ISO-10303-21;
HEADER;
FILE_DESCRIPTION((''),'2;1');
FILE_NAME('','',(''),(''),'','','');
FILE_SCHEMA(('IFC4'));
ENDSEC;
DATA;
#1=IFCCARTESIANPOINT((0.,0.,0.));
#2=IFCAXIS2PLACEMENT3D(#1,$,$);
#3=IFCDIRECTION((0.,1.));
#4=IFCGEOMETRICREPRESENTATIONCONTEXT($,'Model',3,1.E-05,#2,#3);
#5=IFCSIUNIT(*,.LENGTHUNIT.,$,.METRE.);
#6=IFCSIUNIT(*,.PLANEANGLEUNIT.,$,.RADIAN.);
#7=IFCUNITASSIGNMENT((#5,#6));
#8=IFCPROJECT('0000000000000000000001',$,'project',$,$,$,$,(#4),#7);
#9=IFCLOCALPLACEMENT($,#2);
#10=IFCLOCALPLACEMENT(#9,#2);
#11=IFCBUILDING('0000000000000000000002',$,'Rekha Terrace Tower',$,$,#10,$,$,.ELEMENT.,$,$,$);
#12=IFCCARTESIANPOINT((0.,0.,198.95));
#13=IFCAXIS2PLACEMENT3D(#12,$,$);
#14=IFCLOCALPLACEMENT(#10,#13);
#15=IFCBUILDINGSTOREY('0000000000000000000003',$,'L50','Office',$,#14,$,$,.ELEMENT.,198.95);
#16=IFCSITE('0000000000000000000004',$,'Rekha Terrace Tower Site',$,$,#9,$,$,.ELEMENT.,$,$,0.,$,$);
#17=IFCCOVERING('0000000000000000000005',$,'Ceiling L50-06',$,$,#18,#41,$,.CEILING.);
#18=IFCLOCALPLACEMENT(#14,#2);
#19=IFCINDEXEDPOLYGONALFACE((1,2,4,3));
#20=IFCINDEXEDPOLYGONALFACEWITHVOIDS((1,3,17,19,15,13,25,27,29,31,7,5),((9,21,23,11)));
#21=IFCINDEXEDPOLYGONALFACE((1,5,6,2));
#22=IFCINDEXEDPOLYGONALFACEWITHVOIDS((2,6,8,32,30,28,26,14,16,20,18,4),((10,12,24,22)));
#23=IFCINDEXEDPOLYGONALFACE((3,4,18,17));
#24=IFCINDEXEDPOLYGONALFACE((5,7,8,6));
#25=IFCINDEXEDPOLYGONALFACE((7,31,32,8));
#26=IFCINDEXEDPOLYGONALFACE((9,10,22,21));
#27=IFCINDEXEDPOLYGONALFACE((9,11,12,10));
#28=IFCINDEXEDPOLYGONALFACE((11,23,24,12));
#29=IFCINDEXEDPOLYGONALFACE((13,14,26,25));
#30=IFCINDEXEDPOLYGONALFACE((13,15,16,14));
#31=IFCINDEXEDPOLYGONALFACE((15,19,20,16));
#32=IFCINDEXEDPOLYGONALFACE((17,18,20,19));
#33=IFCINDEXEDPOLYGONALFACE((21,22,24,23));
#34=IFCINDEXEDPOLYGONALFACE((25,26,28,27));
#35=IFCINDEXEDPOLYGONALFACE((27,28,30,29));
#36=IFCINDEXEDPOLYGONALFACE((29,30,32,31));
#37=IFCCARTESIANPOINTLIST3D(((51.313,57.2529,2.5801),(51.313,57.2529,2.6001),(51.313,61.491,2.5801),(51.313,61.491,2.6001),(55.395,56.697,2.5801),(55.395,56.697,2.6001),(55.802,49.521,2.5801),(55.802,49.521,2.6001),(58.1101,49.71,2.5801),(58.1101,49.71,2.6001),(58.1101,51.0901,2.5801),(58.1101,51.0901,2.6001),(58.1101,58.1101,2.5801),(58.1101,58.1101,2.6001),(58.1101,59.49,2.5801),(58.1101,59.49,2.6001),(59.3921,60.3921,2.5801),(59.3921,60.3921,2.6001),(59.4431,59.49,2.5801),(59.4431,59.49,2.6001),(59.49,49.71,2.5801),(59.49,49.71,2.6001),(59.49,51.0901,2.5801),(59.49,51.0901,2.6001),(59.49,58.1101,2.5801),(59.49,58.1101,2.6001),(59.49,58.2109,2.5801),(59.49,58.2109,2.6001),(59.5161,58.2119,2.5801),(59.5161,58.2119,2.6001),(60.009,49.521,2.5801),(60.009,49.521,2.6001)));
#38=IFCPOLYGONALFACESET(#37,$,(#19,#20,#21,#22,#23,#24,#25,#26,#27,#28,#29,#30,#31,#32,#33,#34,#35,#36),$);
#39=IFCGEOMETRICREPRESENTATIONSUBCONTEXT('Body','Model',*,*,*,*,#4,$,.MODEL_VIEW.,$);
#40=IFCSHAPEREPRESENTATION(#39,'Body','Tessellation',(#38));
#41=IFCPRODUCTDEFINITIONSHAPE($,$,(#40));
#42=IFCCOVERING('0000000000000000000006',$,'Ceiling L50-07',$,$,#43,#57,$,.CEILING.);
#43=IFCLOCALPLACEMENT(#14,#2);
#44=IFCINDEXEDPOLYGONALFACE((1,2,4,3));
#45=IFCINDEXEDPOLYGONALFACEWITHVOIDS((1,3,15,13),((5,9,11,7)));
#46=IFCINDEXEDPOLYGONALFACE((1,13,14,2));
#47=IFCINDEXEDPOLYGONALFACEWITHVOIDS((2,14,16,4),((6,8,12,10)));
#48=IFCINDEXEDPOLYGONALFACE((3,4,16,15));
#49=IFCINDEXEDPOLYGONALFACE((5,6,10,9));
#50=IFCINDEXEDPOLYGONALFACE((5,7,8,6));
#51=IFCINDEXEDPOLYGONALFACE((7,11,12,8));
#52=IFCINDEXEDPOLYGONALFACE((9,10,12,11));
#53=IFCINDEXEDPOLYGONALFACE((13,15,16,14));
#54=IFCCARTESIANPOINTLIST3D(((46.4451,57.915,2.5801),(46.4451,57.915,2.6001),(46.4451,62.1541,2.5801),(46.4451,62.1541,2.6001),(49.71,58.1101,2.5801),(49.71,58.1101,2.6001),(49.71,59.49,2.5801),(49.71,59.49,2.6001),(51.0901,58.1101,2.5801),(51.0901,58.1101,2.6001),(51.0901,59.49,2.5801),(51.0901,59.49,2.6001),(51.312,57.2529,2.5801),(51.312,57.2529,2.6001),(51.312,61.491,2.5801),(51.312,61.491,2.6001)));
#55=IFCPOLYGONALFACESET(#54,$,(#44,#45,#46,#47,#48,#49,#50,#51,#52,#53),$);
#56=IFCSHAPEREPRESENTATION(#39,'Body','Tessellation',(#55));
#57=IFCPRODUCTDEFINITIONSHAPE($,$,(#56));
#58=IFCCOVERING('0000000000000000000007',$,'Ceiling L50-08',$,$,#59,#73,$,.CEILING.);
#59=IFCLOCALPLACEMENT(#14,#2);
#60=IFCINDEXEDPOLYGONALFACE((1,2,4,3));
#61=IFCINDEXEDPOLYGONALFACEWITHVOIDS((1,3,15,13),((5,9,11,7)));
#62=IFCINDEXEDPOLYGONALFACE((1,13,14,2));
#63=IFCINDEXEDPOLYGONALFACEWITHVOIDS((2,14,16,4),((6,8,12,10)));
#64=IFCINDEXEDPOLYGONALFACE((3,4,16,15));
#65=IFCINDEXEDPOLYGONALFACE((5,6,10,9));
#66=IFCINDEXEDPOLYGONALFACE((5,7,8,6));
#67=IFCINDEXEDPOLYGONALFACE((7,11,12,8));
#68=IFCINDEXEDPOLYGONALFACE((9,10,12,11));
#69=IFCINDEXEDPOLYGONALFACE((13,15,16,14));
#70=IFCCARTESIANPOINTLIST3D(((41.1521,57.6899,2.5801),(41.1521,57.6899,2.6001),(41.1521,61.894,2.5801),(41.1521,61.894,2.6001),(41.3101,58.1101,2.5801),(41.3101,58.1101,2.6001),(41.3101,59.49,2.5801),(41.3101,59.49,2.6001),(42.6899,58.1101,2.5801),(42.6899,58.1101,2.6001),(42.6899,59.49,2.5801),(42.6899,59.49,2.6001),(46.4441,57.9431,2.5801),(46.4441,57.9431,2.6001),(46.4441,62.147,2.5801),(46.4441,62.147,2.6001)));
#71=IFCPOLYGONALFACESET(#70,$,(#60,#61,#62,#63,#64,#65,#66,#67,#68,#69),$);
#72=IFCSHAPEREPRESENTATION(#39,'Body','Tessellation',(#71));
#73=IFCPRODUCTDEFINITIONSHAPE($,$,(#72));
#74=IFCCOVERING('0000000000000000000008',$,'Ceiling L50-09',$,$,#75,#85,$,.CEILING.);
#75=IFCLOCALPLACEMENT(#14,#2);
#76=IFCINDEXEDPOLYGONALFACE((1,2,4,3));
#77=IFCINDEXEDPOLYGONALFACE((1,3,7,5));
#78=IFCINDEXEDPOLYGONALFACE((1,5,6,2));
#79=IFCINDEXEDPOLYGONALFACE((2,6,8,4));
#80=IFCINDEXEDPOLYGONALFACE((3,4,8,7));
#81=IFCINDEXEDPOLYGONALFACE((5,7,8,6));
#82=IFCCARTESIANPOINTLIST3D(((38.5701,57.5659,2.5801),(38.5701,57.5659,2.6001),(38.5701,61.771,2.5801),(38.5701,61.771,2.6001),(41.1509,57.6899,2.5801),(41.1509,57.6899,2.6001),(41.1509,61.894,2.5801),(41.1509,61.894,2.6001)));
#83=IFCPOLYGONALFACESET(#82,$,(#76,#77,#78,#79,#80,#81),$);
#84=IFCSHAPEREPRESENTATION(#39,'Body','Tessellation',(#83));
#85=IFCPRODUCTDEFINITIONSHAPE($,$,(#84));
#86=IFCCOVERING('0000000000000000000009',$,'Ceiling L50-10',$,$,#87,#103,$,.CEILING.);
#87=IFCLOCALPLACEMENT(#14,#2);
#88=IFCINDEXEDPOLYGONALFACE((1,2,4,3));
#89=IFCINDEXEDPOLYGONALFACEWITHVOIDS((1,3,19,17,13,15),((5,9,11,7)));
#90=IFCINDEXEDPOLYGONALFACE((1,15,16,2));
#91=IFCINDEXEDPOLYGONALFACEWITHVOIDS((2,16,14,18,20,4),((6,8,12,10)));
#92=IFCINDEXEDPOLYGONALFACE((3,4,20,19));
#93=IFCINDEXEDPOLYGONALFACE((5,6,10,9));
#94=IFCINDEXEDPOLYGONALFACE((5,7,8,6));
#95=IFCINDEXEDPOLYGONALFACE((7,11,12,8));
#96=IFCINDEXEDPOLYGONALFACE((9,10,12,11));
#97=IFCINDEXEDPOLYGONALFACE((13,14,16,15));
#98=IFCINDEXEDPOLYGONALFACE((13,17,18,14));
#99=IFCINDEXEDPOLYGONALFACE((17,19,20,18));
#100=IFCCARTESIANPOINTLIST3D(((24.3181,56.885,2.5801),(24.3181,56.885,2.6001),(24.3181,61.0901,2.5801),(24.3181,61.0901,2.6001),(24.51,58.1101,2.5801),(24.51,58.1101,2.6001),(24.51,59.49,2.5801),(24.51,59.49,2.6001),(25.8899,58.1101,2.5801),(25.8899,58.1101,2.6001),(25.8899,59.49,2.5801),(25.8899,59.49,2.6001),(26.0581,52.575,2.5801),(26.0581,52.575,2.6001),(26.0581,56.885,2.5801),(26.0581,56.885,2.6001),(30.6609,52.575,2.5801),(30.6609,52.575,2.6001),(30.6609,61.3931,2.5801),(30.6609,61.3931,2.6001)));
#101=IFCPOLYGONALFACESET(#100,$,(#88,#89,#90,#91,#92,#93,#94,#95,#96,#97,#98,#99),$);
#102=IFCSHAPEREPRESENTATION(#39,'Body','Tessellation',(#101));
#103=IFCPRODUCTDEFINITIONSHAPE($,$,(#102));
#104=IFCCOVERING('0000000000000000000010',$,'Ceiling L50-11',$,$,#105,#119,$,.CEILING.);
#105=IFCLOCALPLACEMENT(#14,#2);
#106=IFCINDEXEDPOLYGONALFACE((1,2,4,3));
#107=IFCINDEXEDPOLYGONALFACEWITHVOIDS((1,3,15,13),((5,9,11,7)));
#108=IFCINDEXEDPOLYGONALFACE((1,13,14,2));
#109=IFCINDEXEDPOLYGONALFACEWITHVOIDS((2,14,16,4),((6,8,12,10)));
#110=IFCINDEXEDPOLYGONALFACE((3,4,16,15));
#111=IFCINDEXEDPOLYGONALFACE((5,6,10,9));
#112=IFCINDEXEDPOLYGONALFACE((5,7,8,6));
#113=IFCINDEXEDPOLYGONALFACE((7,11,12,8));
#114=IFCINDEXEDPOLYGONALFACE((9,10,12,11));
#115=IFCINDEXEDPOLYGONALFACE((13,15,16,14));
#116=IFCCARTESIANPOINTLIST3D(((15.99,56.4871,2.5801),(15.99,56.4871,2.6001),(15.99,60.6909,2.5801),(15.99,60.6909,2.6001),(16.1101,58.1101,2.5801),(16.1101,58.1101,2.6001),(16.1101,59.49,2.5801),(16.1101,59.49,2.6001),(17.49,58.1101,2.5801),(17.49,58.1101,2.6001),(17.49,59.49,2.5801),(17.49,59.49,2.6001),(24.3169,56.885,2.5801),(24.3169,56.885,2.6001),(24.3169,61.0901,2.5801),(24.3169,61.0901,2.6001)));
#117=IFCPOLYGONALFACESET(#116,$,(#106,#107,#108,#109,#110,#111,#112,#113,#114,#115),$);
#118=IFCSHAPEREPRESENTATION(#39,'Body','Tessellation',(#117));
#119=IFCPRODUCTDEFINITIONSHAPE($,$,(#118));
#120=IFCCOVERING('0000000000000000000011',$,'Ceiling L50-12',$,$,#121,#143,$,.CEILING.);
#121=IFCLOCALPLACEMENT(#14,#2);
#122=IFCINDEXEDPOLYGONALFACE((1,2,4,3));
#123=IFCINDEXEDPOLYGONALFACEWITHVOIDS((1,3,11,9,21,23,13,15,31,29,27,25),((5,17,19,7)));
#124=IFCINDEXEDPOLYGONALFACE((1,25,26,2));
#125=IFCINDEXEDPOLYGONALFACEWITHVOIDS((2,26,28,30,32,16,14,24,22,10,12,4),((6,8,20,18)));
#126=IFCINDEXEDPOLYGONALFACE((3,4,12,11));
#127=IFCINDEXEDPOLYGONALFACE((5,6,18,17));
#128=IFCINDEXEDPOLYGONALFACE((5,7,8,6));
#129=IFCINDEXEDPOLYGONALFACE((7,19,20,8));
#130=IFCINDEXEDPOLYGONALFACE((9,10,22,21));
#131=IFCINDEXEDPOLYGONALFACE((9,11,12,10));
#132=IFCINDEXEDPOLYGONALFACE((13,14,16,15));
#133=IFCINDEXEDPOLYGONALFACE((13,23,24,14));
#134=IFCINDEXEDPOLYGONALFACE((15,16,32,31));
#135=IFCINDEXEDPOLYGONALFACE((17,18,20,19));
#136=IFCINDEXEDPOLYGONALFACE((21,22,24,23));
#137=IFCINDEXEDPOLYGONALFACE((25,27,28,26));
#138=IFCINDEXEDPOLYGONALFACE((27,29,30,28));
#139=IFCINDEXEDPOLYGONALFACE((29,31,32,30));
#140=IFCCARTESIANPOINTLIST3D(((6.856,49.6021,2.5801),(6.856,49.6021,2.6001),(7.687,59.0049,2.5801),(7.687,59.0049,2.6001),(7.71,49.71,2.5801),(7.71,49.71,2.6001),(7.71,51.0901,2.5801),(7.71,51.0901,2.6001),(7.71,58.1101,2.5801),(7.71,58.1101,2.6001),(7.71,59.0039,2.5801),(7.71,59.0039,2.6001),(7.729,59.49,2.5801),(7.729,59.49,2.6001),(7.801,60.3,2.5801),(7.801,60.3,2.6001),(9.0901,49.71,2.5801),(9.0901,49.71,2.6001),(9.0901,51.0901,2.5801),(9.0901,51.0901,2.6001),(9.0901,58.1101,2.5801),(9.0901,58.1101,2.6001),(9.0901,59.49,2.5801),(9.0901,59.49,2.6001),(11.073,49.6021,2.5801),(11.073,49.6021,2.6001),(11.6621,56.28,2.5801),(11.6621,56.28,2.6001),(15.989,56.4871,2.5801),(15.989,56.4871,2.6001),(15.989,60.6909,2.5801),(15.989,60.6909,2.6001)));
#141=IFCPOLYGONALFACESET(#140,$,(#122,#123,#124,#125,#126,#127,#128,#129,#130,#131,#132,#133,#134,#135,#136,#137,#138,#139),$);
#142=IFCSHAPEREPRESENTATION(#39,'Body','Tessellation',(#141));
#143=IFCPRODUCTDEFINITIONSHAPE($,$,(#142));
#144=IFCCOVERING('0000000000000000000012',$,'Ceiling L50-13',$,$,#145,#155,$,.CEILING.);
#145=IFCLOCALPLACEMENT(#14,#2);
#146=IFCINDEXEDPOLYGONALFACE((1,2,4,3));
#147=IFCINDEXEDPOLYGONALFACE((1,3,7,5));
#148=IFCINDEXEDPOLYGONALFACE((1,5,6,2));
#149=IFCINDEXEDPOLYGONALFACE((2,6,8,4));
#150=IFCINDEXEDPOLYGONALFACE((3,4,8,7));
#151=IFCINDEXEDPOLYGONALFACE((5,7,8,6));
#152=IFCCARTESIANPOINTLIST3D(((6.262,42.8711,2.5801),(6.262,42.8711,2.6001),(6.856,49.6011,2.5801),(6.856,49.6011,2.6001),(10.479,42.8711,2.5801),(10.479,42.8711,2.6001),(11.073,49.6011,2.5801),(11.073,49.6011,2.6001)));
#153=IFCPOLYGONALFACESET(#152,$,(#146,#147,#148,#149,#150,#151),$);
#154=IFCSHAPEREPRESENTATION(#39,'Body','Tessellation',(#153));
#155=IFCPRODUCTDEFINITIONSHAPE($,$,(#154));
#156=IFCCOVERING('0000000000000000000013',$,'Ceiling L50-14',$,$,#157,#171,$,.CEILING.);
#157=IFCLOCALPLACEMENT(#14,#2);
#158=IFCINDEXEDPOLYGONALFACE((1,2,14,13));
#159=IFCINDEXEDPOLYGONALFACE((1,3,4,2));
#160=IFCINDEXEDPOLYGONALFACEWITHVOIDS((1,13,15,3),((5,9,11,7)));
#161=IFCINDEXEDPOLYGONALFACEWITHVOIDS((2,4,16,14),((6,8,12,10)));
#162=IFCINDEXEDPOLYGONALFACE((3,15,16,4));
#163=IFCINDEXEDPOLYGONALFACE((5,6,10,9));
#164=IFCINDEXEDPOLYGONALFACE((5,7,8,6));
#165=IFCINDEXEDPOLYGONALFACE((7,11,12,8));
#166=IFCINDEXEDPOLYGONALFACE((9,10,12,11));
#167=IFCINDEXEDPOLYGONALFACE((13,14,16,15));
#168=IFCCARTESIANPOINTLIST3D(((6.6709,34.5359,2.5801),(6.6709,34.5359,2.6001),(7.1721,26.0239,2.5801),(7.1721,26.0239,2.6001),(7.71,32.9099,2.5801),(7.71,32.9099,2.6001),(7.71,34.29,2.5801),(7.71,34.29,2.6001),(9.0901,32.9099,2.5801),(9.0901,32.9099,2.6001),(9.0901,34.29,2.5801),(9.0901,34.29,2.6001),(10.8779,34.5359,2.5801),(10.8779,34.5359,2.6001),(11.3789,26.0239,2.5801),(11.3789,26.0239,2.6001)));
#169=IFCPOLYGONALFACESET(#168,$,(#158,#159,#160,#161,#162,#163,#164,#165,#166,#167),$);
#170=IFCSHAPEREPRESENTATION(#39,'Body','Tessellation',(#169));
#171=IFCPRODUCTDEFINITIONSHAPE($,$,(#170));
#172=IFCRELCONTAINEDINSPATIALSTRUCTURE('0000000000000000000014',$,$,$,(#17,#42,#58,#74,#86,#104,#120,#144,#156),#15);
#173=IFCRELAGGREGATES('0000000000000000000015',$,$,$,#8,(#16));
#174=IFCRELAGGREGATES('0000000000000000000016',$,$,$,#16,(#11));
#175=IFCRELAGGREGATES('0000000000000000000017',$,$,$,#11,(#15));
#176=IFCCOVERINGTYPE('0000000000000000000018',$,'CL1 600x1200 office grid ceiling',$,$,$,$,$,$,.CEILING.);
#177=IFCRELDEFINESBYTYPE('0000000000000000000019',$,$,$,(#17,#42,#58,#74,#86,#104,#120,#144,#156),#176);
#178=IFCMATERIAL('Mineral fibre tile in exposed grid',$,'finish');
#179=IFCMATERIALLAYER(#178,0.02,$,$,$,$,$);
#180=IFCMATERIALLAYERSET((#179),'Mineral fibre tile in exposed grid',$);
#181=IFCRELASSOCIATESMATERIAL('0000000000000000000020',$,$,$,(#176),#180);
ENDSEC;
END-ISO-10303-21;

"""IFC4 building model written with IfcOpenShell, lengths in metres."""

from ifc_helpers import new_model, si_unit, direction, frame, origin, place, context, subcontext, project, spatial, polyline, outline, extrude, material, layer, layer_set, type_object, element, save


model = new_model("IFC4")

# Units and contexts
model_context = context("Model", 3, precision=1e-05, world=origin(), true_north=direction((0.0, 1.0)))
body_context = subcontext(model_context, "Body", "Model", "MODEL_VIEW")
ifc_project = project(units=[si_unit("LENGTHUNIT", "METRE"), si_unit("PLANEANGLEUNIT", "RADIAN")], contexts=[model_context])

# Site, building, storey
site_placement = place(None, origin())
site = spatial("IfcSite", under=ifc_project, at=site_placement, Name="Rekha Terrace Tower Site", CompositionType="ELEMENT", RefElevation=0.0)
building_placement = place(site_placement, origin())
building = spatial("IfcBuilding", under=site, at=building_placement, Name="Rekha Terrace Tower", CompositionType="ELEMENT")
storey_placement = place(building_placement, frame((0.0, 0.0, 198.95)))
storey = spatial("IfcBuildingStorey", under=building, at=storey_placement, Name="L50", Description="Office", CompositionType="ELEMENT", Elevation=198.95)

# Coverings
ifc_material_1 = material(Name="Mineral fibre tile in exposed grid", Category="finish")
ifc_layer_1 = layer(ifc_material_1, 0.02)
ifc_layer_set_1 = layer_set([ifc_layer_1], Name="Mineral fibre tile in exposed grid")
covering_type_1 = type_object("IfcCoveringType", Name="CL1 600x1200 office grid ceiling", PredefinedType="CEILING", material=ifc_layer_set_1)
covering_1_placement = place(storey_placement, frame((0.0, 0.0, 2.5801)))
element("IfcCovering", 1, at=covering_1_placement, inside=storey, type_object=covering_type_1, Name="Ceiling L50-06", PredefinedType="CEILING", context=body_context, shape_type="SweptSolid", body=[
    extrude(outline(polyline([(59.3921, 60.3921), (51.313, 61.491), (51.313, 57.2529), (55.395, 56.697), (55.802, 49.521), (60.009, 49.521), (59.5161, 58.2119), (59.49, 58.2109), (59.49, 58.1101), (58.1101, 58.1101), (58.1101, 59.49), (59.4431, 59.49), (59.3921, 60.3921)]), holes=[polyline([(59.49, 51.0901), (59.49, 49.71), (58.1101, 49.71), (58.1101, 51.0901), (59.49, 51.0901)])]), origin(), (0.0, 0.0, 1.0), 0.02),
])
covering_2_placement = place(storey_placement, frame((0.0, 0.0, 2.5801)))
element("IfcCovering", 2, at=covering_2_placement, inside=storey, type_object=covering_type_1, Name="Ceiling L50-07", PredefinedType="CEILING", context=body_context, shape_type="SweptSolid", body=[
    extrude(outline(polyline([(51.312, 57.2529), (51.312, 61.491), (46.4451, 62.1541), (46.4451, 57.915), (51.312, 57.2529)]), holes=[polyline([(51.0901, 58.1101), (49.71, 58.1101), (49.71, 59.49), (51.0901, 59.49), (51.0901, 58.1101)])]), origin(), (0.0, 0.0, 1.0), 0.02),
])
covering_3_placement = place(storey_placement, frame((0.0, 0.0, 2.5801)))
element("IfcCovering", 3, at=covering_3_placement, inside=storey, type_object=covering_type_1, Name="Ceiling L50-08", PredefinedType="CEILING", context=body_context, shape_type="SweptSolid", body=[
    extrude(outline(polyline([(46.4441, 62.147), (41.1521, 61.894), (41.1521, 57.6899), (46.4441, 57.9431), (46.4441, 62.147)]), holes=[polyline([(42.6899, 59.49), (42.6899, 58.1101), (41.3101, 58.1101), (41.3101, 59.49), (42.6899, 59.49)])]), origin(), (0.0, 0.0, 1.0), 0.02),
])
covering_4_placement = place(storey_placement, frame((0.0, 0.0, 2.5801)))
element("IfcCovering", 4, at=covering_4_placement, inside=storey, type_object=covering_type_1, Name="Ceiling L50-09", PredefinedType="CEILING", context=body_context, shape_type="SweptSolid", body=[
    extrude(outline(polyline([(41.1509, 57.6899), (41.1509, 61.894), (38.5701, 61.771), (38.5701, 57.5659), (41.1509, 57.6899)])), origin(), (0.0, 0.0, 1.0), 0.02),
])
covering_5_placement = place(storey_placement, frame((0.0, 0.0, 2.5801)))
element("IfcCovering", 5, at=covering_5_placement, inside=storey, type_object=covering_type_1, Name="Ceiling L50-10", PredefinedType="CEILING", context=body_context, shape_type="SweptSolid", body=[
    extrude(outline(polyline([(24.3181, 61.0901), (24.3181, 56.885), (26.0581, 56.885), (26.0581, 52.575), (30.6609, 52.575), (30.6609, 61.3931), (24.3181, 61.0901)]), holes=[polyline([(25.8899, 58.1101), (24.51, 58.1101), (24.51, 59.49), (25.8899, 59.49), (25.8899, 58.1101)])]), origin(), (0.0, 0.0, 1.0), 0.02),
])
covering_6_placement = place(storey_placement, frame((0.0, 0.0, 2.5801)))
element("IfcCovering", 6, at=covering_6_placement, inside=storey, type_object=covering_type_1, Name="Ceiling L50-11", PredefinedType="CEILING", context=body_context, shape_type="SweptSolid", body=[
    extrude(outline(polyline([(24.3169, 56.885), (24.3169, 61.0901), (15.99, 60.6909), (15.99, 56.4871), (24.3169, 56.885)]), holes=[polyline([(17.49, 59.49), (17.49, 58.1101), (16.1101, 58.1101), (16.1101, 59.49), (17.49, 59.49)])]), origin(), (0.0, 0.0, 1.0), 0.02),
])
covering_7_placement = place(storey_placement, frame((0.0, 0.0, 2.5801)))
element("IfcCovering", 7, at=covering_7_placement, inside=storey, type_object=covering_type_1, Name="Ceiling L50-12", PredefinedType="CEILING", context=body_context, shape_type="SweptSolid", body=[
    extrude(outline(polyline([(7.687, 59.0049), (6.856, 49.6021), (11.073, 49.6021), (11.6621, 56.28), (15.989, 56.4871), (15.989, 60.6909), (7.801, 60.3), (7.729, 59.49), (9.0901, 59.49), (9.0901, 58.1101), (7.71, 58.1101), (7.71, 59.0039), (7.687, 59.0049)]), holes=[polyline([(9.0901, 49.71), (7.71, 49.71), (7.71, 51.0901), (9.0901, 51.0901), (9.0901, 49.71)])]), origin(), (0.0, 0.0, 1.0), 0.02),
])
covering_8_placement = place(storey_placement, frame((0.0, 0.0, 2.5801)))
element("IfcCovering", 8, at=covering_8_placement, inside=storey, type_object=covering_type_1, Name="Ceiling L50-13", PredefinedType="CEILING", context=body_context, shape_type="SweptSolid", body=[
    extrude(outline(polyline([(11.073, 49.6011), (6.856, 49.6011), (6.262, 42.8711), (10.479, 42.8711), (11.073, 49.6011)])), origin(), (0.0, 0.0, 1.0), 0.02),
])
covering_9_placement = place(storey_placement, frame((0.0, 0.0, 2.5801)))
element("IfcCovering", 9, at=covering_9_placement, inside=storey, type_object=covering_type_1, Name="Ceiling L50-14", PredefinedType="CEILING", context=body_context, shape_type="SweptSolid", body=[
    extrude(outline(polyline([(10.8779, 34.5359), (6.6709, 34.5359), (7.1721, 26.0239), (11.3789, 26.0239), (10.8779, 34.5359)]), holes=[polyline([(9.0901, 34.29), (9.0901, 32.9099), (7.71, 32.9099), (7.71, 34.29), (9.0901, 34.29)])]), origin(), (0.0, 0.0, 1.0), 0.02),
])

save(model, "model.ifc")
